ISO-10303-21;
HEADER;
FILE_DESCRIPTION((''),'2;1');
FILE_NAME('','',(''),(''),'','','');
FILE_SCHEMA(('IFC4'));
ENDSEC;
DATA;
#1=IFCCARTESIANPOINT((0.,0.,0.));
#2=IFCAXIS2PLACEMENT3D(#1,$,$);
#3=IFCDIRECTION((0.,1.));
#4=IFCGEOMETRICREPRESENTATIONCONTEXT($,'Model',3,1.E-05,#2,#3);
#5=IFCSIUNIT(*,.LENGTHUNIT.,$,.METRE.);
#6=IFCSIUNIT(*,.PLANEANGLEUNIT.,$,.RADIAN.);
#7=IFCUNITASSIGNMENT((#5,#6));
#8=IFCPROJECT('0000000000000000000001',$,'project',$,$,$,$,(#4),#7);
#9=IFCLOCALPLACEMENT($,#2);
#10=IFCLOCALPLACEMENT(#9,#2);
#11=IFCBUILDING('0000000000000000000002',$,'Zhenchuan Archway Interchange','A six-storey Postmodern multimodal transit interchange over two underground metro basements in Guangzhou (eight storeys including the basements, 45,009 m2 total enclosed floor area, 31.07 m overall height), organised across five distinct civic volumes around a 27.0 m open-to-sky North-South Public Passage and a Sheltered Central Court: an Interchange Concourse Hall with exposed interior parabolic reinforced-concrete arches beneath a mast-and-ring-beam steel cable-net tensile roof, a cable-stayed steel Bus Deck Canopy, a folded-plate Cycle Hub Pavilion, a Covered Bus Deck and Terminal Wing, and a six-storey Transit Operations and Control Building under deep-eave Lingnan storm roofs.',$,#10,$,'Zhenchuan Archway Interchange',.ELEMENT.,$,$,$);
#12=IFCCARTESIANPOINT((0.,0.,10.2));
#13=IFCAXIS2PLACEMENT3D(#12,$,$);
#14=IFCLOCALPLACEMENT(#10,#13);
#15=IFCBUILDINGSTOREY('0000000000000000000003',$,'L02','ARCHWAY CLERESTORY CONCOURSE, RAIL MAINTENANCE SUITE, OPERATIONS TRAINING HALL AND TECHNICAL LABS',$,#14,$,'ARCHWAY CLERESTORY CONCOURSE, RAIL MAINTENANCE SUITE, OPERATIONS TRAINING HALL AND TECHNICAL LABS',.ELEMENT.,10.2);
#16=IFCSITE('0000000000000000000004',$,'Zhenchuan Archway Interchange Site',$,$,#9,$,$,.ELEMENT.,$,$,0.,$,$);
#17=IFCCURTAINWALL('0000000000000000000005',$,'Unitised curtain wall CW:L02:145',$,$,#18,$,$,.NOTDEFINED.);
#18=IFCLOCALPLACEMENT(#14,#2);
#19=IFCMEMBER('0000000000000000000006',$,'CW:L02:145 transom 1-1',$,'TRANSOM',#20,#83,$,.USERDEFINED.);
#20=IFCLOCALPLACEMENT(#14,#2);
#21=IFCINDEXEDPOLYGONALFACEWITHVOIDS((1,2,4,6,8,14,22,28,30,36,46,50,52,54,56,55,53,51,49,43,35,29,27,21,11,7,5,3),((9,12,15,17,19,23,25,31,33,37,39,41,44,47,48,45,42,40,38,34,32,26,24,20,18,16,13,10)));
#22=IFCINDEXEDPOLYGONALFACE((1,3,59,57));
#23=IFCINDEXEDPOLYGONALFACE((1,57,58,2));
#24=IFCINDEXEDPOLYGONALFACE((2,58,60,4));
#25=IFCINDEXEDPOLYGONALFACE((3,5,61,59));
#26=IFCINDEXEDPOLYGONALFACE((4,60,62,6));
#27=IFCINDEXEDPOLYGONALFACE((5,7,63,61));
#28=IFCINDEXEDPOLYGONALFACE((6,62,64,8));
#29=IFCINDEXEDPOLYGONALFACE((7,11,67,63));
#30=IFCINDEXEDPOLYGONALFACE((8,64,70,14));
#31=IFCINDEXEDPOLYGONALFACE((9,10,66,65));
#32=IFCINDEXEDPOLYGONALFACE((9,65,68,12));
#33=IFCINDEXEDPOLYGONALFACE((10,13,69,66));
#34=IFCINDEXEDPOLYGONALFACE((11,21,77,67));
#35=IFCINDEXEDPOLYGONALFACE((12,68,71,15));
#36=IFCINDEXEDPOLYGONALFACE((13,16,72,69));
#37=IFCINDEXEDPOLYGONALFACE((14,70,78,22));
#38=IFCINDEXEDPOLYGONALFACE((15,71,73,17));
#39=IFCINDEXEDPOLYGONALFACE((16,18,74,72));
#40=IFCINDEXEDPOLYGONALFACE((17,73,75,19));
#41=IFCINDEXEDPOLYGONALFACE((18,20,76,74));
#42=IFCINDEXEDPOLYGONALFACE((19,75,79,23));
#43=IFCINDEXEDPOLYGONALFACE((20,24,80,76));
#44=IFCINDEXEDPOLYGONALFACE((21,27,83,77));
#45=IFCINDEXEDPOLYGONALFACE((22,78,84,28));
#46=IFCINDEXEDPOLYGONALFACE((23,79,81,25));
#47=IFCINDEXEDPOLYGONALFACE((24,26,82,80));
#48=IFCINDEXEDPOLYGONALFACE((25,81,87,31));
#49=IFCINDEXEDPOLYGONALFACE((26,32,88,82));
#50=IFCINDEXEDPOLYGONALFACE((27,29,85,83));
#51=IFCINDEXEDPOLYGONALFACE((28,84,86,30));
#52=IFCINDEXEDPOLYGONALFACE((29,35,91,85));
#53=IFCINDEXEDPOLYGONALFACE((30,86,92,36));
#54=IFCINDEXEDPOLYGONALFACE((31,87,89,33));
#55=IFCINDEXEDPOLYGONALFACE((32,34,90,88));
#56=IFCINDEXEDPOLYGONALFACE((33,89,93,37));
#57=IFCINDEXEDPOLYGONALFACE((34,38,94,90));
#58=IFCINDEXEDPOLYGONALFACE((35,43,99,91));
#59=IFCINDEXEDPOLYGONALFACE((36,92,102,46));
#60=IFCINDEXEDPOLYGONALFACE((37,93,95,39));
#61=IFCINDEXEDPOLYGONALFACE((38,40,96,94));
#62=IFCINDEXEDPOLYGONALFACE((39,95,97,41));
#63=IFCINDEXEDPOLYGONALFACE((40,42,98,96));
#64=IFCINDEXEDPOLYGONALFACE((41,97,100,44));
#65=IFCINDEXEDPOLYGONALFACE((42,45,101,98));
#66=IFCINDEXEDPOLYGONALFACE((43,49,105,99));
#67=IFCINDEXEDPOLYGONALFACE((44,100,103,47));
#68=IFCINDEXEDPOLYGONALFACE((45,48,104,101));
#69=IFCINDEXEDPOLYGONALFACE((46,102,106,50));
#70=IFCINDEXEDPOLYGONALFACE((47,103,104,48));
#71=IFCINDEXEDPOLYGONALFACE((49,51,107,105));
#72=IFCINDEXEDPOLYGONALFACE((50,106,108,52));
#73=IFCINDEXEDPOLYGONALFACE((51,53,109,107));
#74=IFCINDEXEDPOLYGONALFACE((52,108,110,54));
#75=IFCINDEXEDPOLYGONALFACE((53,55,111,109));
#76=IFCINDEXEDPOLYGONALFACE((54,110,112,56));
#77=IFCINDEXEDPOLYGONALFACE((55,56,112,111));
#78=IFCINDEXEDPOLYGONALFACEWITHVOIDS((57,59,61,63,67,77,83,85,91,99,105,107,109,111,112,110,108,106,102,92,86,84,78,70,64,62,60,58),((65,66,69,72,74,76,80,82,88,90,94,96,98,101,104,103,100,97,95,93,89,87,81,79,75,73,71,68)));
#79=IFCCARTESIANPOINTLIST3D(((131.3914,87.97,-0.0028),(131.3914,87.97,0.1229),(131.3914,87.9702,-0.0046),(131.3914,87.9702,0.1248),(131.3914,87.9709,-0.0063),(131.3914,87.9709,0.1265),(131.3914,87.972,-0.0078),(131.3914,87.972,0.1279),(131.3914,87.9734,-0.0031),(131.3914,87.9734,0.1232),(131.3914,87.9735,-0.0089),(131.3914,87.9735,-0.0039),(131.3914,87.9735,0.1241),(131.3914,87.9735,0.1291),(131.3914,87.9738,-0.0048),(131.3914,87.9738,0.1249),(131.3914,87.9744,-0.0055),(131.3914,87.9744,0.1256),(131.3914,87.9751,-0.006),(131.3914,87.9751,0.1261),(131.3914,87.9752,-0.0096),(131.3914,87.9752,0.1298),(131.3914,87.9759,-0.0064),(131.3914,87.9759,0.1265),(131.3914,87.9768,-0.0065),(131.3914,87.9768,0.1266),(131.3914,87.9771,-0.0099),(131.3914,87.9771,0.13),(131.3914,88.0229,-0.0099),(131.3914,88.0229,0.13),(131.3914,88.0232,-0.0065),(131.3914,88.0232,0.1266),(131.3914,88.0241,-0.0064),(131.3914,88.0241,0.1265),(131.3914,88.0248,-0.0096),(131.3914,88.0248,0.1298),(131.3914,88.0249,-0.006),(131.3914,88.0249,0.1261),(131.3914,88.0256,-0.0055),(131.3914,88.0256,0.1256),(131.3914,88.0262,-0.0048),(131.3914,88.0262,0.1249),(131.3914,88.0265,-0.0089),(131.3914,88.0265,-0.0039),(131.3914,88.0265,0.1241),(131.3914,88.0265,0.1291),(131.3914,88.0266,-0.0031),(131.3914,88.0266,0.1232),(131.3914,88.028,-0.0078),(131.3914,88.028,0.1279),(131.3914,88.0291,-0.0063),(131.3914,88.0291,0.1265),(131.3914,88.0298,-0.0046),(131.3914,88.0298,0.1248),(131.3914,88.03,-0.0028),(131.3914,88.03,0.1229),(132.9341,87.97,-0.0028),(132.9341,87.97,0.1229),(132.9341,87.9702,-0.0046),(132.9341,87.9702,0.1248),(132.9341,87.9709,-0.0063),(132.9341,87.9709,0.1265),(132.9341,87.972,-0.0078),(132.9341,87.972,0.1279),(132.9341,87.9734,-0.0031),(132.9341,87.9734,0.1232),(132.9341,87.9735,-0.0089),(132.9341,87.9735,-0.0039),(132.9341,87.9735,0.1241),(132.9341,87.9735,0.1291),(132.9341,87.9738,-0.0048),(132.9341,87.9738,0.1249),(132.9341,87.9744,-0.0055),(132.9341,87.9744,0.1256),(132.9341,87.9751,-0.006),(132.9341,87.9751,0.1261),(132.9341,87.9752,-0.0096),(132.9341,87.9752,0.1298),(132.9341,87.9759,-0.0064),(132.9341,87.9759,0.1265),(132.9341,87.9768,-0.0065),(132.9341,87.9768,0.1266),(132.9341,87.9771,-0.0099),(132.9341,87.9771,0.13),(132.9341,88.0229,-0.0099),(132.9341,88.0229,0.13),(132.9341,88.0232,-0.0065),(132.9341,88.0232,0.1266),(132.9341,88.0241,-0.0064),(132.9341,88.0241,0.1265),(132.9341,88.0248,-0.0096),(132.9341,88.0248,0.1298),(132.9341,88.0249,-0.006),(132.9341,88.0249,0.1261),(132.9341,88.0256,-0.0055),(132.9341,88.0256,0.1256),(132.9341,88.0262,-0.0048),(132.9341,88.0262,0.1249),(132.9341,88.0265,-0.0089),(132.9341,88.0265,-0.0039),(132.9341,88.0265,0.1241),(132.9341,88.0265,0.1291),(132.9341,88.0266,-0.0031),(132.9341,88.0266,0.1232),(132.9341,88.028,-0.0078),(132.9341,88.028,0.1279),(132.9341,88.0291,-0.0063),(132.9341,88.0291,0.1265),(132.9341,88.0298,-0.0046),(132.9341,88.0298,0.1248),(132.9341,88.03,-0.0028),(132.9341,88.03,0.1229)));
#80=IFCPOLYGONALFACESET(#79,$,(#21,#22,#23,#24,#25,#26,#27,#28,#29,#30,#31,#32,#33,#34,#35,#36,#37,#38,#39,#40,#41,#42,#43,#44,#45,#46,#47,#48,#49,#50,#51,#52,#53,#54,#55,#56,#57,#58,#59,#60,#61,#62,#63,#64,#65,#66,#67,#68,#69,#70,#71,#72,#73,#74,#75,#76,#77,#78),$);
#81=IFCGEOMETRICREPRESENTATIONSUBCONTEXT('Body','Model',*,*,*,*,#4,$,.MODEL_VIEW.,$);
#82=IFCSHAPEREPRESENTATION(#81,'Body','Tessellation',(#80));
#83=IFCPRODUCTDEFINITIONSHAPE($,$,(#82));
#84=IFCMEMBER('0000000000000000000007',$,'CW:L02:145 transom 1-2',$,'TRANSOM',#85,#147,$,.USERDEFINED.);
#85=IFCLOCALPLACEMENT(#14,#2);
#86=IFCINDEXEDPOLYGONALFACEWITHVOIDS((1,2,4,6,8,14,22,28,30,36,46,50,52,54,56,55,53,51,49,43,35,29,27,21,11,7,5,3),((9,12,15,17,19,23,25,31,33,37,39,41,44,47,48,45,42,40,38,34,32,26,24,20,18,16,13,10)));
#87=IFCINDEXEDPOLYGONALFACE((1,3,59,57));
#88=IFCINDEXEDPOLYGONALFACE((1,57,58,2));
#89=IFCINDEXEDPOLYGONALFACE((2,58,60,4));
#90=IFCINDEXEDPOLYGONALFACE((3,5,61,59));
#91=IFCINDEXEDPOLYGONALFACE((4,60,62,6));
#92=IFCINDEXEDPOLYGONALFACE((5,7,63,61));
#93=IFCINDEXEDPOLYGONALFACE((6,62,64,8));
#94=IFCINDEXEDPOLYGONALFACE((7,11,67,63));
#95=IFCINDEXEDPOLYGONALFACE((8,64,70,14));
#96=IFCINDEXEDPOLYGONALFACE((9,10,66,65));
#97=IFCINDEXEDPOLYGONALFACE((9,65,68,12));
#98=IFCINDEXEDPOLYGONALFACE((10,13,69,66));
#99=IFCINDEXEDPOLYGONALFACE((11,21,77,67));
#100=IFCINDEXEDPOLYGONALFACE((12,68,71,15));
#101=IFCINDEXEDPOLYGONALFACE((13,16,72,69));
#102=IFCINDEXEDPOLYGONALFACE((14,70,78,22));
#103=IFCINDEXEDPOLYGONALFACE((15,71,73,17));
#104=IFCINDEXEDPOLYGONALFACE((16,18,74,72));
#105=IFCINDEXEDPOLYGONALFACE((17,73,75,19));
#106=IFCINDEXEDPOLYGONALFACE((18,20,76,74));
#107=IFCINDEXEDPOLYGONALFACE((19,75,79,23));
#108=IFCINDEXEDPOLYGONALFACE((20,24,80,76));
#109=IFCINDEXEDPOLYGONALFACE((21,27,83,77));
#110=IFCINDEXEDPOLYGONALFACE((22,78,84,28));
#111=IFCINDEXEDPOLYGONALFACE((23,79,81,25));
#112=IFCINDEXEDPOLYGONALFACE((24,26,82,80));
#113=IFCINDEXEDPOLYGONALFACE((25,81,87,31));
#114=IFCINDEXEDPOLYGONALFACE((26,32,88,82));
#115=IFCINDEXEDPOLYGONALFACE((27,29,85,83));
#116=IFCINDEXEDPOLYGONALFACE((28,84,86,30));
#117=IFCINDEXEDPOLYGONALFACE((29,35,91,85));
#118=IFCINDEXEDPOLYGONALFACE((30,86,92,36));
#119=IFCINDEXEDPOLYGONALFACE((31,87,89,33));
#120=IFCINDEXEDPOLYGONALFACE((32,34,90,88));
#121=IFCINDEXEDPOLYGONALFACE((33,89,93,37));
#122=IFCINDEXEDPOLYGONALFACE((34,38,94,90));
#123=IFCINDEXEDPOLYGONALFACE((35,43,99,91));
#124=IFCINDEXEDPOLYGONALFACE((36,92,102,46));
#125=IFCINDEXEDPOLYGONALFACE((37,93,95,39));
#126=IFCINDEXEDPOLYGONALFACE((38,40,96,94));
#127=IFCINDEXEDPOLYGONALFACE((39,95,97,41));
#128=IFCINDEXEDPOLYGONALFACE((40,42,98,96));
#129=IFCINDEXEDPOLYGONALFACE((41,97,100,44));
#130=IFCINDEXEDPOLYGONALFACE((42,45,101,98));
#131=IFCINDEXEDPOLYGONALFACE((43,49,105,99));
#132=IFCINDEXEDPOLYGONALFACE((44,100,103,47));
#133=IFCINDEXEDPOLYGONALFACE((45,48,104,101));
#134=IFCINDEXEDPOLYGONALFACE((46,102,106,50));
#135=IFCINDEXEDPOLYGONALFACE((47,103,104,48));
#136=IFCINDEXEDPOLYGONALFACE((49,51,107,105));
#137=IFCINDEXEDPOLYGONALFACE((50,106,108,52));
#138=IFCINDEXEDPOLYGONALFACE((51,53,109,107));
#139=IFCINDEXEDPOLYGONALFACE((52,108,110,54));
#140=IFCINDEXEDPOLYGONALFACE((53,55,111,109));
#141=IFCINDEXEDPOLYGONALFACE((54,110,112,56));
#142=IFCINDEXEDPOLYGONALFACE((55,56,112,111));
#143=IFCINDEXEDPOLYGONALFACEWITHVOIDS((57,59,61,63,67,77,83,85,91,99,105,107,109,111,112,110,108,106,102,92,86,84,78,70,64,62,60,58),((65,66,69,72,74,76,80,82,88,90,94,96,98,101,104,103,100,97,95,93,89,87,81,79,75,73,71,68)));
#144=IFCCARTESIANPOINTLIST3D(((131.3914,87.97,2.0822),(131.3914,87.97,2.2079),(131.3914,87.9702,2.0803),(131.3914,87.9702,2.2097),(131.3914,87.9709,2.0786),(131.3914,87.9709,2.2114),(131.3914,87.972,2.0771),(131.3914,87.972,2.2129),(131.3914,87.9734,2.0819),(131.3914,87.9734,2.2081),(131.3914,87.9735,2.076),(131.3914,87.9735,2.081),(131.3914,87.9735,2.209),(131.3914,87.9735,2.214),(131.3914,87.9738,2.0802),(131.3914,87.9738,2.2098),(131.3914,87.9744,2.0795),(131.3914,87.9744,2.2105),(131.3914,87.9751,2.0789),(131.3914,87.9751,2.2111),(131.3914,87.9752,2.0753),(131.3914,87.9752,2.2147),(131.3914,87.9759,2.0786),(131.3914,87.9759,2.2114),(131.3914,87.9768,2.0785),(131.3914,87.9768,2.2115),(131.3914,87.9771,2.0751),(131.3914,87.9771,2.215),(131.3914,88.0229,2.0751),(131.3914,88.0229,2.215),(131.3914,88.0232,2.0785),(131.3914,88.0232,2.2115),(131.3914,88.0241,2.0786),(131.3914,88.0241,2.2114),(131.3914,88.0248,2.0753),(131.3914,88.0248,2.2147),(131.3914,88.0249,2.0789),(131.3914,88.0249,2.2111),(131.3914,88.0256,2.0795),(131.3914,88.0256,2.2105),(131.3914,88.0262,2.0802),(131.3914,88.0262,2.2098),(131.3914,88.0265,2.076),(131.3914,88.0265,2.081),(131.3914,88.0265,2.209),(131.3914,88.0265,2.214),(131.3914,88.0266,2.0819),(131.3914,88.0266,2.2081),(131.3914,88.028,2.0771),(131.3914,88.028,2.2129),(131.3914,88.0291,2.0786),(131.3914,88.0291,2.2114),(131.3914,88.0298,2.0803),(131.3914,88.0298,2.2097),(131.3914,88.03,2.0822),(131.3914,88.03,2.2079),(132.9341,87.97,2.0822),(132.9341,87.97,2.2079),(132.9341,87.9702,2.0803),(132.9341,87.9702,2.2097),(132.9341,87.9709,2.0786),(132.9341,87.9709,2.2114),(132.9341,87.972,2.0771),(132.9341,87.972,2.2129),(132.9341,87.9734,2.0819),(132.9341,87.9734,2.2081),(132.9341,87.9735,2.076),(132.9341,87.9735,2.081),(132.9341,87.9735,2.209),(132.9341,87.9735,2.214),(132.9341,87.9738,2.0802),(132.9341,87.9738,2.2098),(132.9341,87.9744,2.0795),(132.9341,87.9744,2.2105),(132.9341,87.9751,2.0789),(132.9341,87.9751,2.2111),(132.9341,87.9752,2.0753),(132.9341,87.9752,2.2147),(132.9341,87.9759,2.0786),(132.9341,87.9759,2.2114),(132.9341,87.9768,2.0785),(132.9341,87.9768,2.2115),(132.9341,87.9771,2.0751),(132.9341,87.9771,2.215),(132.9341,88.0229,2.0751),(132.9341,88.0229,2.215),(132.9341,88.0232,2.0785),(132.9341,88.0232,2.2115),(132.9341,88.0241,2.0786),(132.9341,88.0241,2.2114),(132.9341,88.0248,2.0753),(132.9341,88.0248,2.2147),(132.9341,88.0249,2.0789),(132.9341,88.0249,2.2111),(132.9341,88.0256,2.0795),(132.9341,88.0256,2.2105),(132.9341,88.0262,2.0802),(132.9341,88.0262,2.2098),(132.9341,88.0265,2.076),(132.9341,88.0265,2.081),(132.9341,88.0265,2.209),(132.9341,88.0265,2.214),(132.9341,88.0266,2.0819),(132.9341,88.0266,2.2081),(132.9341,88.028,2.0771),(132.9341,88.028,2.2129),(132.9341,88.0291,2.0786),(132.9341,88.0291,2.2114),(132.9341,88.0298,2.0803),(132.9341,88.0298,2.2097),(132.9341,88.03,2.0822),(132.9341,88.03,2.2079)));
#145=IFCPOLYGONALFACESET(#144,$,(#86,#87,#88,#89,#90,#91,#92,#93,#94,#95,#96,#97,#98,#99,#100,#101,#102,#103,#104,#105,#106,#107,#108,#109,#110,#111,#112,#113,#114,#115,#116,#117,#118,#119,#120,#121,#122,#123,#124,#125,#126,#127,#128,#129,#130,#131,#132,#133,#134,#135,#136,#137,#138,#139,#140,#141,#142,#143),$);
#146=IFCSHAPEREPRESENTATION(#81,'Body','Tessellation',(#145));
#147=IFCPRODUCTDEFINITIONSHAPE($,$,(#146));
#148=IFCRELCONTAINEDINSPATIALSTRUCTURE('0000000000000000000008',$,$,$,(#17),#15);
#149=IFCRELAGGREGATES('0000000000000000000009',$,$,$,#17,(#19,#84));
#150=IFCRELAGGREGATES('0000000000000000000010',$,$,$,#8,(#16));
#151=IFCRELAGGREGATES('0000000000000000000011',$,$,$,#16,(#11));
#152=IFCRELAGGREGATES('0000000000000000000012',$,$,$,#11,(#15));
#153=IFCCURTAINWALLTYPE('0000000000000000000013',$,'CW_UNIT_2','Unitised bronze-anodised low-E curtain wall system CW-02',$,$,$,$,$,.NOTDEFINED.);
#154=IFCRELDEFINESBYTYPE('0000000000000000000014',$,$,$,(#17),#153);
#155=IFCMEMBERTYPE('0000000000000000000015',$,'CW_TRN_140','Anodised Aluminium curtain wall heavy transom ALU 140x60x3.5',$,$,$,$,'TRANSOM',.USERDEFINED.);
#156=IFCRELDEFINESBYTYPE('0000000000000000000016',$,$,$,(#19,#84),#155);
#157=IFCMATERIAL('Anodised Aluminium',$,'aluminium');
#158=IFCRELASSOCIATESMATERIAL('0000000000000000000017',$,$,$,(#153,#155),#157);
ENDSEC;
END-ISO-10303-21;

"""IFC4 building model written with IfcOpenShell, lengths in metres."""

from ifc_helpers import new_model, si_unit, direction, frame, origin, origin_2d, place, context, subcontext, project, spatial, hollow_rectangle, extrude, material, material_profile, profile_set, type_object, element, aggregate, save


model = new_model("IFC4")

# Units and contexts
model_context = context("Model", 3, precision=1e-05, world=origin(), true_north=direction((0.0, 1.0)))
body_context = subcontext(model_context, "Body", "Model", "MODEL_VIEW")
ifc_project = project(units=[si_unit("LENGTHUNIT", "METRE"), si_unit("PLANEANGLEUNIT", "RADIAN")], contexts=[model_context])

# Site, building, storey
site_placement = place(None, origin())
site = spatial("IfcSite", under=ifc_project, at=site_placement, Name="Zhenchuan Archway Interchange Site", CompositionType="ELEMENT", RefElevation=0.0)
building_placement = place(site_placement, origin())
building = spatial("IfcBuilding", under=site, at=building_placement, Name="Zhenchuan Archway Interchange", Description="A six-storey Postmodern multimodal transit interchange over two underground metro basements in Guangzhou (eight storeys including the basements, 45,009 m2 total enclosed floor area, 31.07 m overall height), organised across five distinct civic volumes around a 27.0 m open-to-sky North-South Public Passage and a Sheltered Central Court: an Interchange Concourse Hall with exposed interior parabolic reinforced-concrete arches beneath a mast-and-ring-beam steel cable-net tensile roof, a cable-stayed steel Bus Deck Canopy, a folded-plate Cycle Hub Pavilion, a Covered Bus Deck and Terminal Wing, and a six-storey Transit Operations and Control Building under deep-eave Lingnan storm roofs.", LongName="Zhenchuan Archway Interchange", CompositionType="ELEMENT")
storey_placement = place(building_placement, frame((0.0, 0.0, 10.2)))
storey = spatial("IfcBuildingStorey", under=building, at=storey_placement, Name="L02", Description="ARCHWAY CLERESTORY CONCOURSE, RAIL MAINTENANCE SUITE, OPERATIONS TRAINING HALL AND TECHNICAL LABS", LongName="ARCHWAY CLERESTORY CONCOURSE, RAIL MAINTENANCE SUITE, OPERATIONS TRAINING HALL AND TECHNICAL LABS", CompositionType="ELEMENT", Elevation=10.2)

# Curtain wall, members
ifc_material_1 = material(Name="Anodised Aluminium", Category="aluminium")
curtain_wall_type = type_object("IfcCurtainWallType", Name="CW_UNIT_2", Description="Unitised bronze-anodised low-E curtain wall system CW-02", PredefinedType="NOTDEFINED", material=ifc_material_1)
curtain_wall_placement = place(storey_placement, origin())
curtain_wall = element("IfcCurtainWall", 1, at=curtain_wall_placement, inside=storey, type_object=curtain_wall_type, Name="Unitised curtain wall CW:L02:145", PredefinedType="NOTDEFINED")
ifc_material_profile_1 = material_profile(ifc_material_1, hollow_rectangle(XDim=0.0601, YDim=0.1399, WallThickness=0.0034, InnerFilletRadius=0.0034, OuterFilletRadius=0.0071, at=origin_2d()), Name="ALU 140x60x3.5")
ifc_profile_set_1 = profile_set([ifc_material_profile_1], Name="Anodised Aluminium")
member_type_1 = type_object("IfcMemberType", Name="CW_TRN_140", Description="Anodised Aluminium curtain wall heavy transom ALU 140x60x3.5", ElementType="TRANSOM", PredefinedType="USERDEFINED", material=ifc_profile_set_1)
member_1_placement = place(storey_placement, frame((132.9341, 88.0, 0.0601), z_axis=(-1.0, 0.0, 0.0), x_axis=(0.0, -1.0, 0.0)))
member_1 = element("IfcMember", 2, at=member_1_placement, type_object=member_type_1, Name="CW:L02:145 transom 1-1", ObjectType="TRANSOM", PredefinedType="USERDEFINED", context=body_context, shape_type="SweptSolid", body=[
    extrude(hollow_rectangle(XDim=0.0601, YDim=0.1399, WallThickness=0.0034, InnerFilletRadius=0.0034, OuterFilletRadius=0.0071, at=origin_2d()), origin(), (0.0, 0.0, 1.0), 1.5427),
])
member_2_placement = place(storey_placement, frame((132.9341, 88.0, 2.145), z_axis=(-1.0, 0.0, 0.0), x_axis=(0.0, -1.0, 0.0)))
member_2 = element("IfcMember", 3, at=member_2_placement, type_object=member_type_1, Name="CW:L02:145 transom 1-2", ObjectType="TRANSOM", PredefinedType="USERDEFINED", context=body_context, shape_type="SweptSolid", body=[
    extrude(hollow_rectangle(XDim=0.0601, YDim=0.1399, WallThickness=0.0034, InnerFilletRadius=0.0034, OuterFilletRadius=0.0071, at=origin_2d()), origin(), (0.0, 0.0, 1.0), 1.5427),
])

aggregate(curtain_wall, [member_1, member_2])

save(model, "model.ifc")
